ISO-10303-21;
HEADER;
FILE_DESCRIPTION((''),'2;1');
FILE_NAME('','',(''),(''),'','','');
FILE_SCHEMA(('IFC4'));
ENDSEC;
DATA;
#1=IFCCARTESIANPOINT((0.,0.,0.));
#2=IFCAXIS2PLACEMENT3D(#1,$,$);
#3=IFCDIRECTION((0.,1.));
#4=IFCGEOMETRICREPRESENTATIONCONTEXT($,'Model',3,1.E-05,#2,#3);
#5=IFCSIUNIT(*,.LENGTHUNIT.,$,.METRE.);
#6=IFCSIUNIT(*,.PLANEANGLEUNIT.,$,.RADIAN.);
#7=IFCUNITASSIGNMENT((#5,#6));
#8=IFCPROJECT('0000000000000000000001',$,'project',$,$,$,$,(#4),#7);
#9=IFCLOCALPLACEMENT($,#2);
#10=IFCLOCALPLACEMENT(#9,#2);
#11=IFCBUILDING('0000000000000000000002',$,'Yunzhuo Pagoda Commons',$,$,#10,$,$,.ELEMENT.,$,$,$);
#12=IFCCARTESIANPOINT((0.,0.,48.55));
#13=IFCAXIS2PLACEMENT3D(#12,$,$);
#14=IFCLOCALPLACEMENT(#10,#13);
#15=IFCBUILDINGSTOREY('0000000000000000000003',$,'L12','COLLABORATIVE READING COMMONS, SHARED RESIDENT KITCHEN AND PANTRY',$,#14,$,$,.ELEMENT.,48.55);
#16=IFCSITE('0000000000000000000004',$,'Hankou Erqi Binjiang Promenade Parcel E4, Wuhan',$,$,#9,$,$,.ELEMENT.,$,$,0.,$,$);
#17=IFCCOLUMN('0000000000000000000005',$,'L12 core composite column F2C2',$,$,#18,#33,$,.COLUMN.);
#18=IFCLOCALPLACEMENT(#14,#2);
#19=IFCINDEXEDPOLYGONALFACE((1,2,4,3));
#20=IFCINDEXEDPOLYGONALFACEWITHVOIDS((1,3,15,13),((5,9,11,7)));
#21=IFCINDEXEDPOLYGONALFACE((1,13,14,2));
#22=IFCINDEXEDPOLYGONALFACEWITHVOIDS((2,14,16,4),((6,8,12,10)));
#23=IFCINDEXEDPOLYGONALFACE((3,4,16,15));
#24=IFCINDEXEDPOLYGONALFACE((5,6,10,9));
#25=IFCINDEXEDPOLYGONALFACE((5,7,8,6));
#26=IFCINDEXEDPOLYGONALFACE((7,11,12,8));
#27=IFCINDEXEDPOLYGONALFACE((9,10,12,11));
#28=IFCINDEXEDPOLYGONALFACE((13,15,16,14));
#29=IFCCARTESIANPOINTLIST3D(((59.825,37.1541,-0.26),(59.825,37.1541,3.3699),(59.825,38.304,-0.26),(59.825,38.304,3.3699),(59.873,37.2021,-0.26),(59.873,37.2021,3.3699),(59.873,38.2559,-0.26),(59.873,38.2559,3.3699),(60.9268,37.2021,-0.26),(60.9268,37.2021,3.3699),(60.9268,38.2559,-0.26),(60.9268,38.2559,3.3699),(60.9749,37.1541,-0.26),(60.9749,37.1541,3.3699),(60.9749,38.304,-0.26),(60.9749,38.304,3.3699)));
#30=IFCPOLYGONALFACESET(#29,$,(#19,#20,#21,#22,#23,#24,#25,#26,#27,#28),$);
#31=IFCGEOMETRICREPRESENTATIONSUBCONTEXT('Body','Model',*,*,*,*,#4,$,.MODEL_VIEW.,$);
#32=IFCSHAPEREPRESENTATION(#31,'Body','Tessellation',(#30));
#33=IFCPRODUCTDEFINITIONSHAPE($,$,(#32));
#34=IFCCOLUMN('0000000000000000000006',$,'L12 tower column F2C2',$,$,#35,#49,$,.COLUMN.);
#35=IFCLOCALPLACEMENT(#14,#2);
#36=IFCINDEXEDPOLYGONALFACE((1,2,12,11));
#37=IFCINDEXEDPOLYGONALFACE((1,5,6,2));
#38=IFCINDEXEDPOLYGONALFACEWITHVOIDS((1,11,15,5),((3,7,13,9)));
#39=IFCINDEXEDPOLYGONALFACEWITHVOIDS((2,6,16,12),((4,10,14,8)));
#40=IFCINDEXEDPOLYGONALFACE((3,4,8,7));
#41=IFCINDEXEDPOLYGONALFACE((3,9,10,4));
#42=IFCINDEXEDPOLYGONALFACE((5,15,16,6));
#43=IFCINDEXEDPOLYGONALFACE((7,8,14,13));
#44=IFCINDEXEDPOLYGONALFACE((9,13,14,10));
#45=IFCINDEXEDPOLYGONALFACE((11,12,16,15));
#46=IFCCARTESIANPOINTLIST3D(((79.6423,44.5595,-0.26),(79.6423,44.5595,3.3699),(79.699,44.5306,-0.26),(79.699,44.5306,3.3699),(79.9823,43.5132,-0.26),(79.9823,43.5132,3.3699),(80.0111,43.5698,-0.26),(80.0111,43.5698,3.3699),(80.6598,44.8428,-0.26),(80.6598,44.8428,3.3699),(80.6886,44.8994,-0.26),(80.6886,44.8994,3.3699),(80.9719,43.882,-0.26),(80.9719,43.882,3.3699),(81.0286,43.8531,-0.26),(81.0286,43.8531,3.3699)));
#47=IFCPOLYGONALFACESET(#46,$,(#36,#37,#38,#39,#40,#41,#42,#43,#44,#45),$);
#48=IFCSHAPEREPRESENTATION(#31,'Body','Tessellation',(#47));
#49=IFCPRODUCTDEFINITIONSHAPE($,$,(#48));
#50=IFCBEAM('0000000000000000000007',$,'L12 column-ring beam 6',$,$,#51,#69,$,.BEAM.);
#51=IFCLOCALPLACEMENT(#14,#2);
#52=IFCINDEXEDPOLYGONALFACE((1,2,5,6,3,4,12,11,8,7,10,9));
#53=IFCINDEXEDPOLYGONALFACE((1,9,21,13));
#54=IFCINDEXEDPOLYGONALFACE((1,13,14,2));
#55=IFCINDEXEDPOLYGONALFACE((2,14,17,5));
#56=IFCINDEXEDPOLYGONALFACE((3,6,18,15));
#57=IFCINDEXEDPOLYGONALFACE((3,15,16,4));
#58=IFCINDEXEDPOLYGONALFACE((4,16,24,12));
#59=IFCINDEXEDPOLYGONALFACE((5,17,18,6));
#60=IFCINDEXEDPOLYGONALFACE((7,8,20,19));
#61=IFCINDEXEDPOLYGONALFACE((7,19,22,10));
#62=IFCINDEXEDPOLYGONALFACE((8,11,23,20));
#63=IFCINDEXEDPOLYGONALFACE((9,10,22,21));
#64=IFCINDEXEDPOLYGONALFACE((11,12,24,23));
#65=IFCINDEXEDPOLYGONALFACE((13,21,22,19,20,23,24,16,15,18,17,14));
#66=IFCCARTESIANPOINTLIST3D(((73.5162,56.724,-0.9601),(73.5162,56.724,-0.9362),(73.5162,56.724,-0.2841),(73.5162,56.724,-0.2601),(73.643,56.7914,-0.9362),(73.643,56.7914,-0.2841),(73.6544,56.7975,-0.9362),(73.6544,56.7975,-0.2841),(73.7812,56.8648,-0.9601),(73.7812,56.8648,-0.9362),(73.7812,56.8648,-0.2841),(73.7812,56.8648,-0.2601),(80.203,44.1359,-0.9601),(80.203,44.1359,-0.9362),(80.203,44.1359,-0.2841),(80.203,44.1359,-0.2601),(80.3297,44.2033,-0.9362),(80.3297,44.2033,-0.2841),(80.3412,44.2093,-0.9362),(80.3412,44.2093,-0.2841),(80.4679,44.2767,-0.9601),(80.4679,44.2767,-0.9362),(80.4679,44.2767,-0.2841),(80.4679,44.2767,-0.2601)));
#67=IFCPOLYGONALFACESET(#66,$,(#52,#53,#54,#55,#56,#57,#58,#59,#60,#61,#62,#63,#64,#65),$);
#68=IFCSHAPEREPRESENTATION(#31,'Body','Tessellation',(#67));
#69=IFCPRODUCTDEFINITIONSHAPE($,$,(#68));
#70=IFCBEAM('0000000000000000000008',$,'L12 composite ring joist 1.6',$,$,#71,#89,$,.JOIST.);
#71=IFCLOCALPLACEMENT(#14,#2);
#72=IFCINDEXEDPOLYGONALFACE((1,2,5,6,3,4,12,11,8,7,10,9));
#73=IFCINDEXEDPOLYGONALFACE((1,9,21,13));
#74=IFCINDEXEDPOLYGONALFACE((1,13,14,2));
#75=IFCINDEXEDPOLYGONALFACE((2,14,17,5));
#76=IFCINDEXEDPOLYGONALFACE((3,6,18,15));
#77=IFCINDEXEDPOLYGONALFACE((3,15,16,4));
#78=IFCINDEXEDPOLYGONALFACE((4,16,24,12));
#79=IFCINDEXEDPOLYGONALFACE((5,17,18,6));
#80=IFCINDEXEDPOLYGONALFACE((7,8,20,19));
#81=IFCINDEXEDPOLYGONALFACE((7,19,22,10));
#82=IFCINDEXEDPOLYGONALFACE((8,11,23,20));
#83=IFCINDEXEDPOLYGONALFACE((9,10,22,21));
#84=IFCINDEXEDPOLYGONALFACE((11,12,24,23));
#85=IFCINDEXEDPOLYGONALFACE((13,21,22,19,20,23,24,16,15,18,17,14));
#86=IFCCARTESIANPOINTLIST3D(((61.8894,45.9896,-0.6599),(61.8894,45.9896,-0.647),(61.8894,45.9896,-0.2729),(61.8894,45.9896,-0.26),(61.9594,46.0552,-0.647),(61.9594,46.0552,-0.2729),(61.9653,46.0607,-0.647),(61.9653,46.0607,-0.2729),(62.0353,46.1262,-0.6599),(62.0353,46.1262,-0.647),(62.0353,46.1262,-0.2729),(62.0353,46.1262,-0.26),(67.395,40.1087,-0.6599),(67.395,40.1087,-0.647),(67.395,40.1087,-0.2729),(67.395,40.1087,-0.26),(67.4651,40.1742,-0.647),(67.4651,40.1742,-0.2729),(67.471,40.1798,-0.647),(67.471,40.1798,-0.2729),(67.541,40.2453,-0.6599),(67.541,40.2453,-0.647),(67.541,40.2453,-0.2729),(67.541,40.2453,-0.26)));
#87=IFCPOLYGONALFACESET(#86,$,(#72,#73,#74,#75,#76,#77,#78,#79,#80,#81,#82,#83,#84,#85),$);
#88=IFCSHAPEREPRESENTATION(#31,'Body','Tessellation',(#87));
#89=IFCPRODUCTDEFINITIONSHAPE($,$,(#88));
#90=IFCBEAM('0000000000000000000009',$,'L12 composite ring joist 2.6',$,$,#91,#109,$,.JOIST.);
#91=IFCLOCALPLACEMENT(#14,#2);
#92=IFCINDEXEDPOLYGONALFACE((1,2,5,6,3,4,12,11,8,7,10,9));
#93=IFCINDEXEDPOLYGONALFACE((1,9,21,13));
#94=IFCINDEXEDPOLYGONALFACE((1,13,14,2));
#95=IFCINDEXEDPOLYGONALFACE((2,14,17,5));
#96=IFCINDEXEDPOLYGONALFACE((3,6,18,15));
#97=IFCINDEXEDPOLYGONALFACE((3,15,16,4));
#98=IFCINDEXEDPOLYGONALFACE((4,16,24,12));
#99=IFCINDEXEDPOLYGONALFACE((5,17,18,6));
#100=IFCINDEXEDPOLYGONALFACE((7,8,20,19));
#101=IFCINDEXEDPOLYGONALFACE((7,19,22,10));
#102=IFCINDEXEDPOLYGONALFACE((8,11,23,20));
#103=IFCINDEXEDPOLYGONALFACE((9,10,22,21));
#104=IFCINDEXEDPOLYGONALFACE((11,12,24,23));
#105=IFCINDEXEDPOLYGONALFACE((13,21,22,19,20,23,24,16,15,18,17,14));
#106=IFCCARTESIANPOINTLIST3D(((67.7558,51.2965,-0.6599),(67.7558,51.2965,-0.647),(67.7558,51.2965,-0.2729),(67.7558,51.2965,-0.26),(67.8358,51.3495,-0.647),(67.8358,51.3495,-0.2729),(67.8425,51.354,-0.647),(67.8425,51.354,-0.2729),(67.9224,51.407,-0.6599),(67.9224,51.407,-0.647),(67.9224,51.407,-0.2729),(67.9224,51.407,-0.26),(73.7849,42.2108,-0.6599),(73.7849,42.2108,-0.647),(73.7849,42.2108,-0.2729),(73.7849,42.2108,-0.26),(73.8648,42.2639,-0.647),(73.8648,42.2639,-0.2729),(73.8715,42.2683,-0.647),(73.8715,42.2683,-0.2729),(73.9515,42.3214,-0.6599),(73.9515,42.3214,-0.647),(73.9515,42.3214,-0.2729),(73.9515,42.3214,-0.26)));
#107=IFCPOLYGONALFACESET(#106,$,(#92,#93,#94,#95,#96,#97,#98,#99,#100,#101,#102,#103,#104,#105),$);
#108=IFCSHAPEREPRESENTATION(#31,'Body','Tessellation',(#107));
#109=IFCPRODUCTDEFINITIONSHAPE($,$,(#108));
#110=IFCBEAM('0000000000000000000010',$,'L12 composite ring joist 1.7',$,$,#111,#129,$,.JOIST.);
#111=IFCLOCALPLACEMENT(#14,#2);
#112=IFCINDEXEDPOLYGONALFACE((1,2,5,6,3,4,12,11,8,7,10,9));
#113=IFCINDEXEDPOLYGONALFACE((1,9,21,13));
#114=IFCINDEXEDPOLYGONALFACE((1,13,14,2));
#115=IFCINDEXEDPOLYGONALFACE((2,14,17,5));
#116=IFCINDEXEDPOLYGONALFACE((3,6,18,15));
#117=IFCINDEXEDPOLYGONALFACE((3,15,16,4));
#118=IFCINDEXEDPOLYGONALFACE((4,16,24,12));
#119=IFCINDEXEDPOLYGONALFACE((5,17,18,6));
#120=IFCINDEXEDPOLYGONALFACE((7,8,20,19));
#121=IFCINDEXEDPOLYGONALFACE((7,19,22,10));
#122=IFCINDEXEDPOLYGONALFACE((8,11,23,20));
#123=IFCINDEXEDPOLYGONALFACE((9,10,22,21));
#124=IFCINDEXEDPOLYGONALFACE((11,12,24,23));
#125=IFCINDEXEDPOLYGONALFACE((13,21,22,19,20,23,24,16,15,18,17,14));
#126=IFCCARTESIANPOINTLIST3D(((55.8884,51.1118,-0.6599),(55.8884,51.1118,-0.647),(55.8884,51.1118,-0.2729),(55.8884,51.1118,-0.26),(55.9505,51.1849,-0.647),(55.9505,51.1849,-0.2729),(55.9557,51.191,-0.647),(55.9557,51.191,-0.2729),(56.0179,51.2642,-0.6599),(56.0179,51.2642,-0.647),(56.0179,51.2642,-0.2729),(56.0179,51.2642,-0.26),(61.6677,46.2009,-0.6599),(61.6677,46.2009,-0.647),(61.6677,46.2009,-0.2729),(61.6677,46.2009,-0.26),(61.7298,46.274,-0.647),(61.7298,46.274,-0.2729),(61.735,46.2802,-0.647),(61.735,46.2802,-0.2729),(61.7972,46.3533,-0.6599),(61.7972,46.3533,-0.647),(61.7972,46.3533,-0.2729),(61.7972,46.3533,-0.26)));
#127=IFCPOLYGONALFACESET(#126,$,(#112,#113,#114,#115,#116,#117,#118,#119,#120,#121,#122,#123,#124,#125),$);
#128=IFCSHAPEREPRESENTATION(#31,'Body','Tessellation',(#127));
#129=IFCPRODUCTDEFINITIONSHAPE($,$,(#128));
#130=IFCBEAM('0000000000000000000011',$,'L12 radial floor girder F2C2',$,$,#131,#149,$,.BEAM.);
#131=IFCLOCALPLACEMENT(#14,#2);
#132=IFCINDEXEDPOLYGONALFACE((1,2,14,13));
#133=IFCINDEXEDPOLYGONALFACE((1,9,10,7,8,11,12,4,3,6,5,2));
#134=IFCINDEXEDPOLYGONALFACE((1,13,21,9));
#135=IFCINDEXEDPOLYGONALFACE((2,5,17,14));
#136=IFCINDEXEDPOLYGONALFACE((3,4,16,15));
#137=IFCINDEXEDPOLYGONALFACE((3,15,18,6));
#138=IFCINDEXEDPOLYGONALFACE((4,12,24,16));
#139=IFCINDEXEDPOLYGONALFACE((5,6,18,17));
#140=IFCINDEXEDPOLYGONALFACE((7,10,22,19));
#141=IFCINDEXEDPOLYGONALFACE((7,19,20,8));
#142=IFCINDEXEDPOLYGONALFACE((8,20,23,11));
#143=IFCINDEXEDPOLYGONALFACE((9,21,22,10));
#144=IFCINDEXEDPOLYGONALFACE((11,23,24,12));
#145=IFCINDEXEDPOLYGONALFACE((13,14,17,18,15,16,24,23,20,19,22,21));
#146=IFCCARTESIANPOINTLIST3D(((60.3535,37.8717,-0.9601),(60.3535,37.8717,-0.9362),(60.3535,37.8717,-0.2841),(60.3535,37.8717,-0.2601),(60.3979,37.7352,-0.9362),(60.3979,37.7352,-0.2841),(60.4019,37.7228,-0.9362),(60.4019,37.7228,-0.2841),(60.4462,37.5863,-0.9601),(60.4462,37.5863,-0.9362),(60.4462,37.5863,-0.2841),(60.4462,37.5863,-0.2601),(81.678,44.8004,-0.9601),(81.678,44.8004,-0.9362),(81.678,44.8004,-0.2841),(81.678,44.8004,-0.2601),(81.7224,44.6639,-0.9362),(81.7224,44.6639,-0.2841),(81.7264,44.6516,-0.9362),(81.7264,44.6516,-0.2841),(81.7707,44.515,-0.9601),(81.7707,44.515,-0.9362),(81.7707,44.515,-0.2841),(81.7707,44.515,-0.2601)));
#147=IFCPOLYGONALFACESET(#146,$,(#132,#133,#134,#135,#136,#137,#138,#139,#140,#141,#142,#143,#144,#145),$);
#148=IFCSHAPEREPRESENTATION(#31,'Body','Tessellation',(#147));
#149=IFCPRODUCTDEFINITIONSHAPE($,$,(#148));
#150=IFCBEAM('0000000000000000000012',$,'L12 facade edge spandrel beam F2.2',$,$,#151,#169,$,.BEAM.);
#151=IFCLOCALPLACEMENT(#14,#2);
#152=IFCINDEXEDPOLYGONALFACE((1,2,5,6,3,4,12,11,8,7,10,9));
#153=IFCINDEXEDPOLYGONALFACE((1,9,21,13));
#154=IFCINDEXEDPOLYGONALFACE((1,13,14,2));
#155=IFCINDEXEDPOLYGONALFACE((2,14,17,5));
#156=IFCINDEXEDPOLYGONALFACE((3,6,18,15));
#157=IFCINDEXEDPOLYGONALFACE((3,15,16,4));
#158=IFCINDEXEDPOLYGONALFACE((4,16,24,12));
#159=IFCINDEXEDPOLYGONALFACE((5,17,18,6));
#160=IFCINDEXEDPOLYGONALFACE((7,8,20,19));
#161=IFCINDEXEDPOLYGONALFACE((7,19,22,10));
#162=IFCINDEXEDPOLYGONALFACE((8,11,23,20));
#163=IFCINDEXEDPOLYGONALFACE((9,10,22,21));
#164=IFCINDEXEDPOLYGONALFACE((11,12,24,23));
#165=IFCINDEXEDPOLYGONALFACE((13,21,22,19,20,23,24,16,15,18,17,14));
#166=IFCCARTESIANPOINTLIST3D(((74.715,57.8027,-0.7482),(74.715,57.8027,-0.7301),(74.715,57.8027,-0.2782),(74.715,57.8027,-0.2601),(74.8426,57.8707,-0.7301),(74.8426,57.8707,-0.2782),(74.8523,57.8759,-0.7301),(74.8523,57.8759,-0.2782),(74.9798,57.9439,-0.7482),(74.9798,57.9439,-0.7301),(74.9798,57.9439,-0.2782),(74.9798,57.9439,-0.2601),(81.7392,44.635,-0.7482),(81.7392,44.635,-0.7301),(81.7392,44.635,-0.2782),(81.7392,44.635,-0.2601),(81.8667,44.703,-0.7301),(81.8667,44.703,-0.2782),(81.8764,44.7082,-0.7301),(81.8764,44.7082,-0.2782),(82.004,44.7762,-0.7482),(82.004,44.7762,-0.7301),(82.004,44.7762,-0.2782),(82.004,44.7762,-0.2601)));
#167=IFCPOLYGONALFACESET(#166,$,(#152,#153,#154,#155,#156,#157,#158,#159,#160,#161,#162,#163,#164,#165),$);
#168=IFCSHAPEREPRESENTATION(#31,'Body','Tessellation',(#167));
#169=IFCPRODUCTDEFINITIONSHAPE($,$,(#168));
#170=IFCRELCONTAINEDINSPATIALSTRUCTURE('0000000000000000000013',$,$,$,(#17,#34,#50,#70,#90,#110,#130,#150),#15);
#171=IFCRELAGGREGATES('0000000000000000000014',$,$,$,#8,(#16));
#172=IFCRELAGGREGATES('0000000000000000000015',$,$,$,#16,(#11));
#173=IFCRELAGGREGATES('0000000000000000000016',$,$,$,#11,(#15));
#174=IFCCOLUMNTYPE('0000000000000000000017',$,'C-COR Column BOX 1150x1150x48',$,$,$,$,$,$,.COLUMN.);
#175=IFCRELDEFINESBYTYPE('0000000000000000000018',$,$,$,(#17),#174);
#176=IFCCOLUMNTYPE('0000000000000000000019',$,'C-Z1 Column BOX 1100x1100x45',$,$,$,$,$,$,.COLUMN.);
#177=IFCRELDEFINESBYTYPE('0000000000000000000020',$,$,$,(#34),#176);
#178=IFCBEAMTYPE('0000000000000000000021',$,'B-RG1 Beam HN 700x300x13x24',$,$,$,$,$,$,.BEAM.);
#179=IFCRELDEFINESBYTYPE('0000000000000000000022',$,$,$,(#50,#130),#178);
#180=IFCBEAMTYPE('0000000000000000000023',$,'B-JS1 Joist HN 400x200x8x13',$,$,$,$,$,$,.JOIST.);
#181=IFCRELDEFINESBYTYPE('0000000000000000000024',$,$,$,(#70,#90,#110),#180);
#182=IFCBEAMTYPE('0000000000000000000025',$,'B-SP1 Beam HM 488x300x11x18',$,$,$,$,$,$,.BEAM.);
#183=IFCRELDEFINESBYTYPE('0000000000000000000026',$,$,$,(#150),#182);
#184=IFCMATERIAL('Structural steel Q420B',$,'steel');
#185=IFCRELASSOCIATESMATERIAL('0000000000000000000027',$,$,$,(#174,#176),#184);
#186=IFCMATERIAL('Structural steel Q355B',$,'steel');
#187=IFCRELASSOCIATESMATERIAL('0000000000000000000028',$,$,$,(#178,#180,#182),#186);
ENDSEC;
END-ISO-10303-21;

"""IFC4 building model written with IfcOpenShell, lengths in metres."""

from ifc_helpers import new_model, si_unit, direction, frame, origin, origin_2d, place, context, subcontext, project, spatial, hollow_rectangle, i_section, extrude, source, transform, mapped, material, material_profile, profile_set, type_object, element, save


model = new_model("IFC4")

# Units and contexts
model_context = context("Model", 3, precision=1e-05, world=origin(), true_north=direction((0.0, 1.0)))
body_context = subcontext(model_context, "Body", "Model", "MODEL_VIEW")
ifc_project = project(units=[si_unit("LENGTHUNIT", "METRE"), si_unit("PLANEANGLEUNIT", "RADIAN")], contexts=[model_context])

# Site, building, storey
site_placement = place(None, origin())
site = spatial("IfcSite", under=ifc_project, at=site_placement, Name="Hankou Erqi Binjiang Promenade Parcel E4, Wuhan", CompositionType="ELEMENT", RefElevation=0.0)
building_placement = place(site_placement, origin())
building = spatial("IfcBuilding", under=site, at=building_placement, Name="Yunzhuo Pagoda Commons", CompositionType="ELEMENT")
storey_placement = place(building_placement, frame((0.0, 0.0, 48.55)))
storey = spatial("IfcBuildingStorey", under=building, at=storey_placement, Name="L12", Description="COLLABORATIVE READING COMMONS, SHARED RESIDENT KITCHEN AND PANTRY", CompositionType="ELEMENT", Elevation=48.55)

# Columns
ifc_material_1 = material(Name="Structural steel Q420B", Category="steel")
ifc_material_profile_1 = material_profile(ifc_material_1, hollow_rectangle(XDim=1.1499, YDim=1.1499, WallThickness=0.0481, at=origin_2d()), Name="Structural steel Q420B")
ifc_profile_set_1 = profile_set([ifc_material_profile_1], Name="Structural steel Q420B")
column_type_1 = type_object("IfcColumnType", Name="C-COR Column BOX 1150x1150x48", PredefinedType="COLUMN", material=ifc_profile_set_1)
shared_shape_1 = source(origin(), body_context, "Body", "SweptSolid", [
    extrude(hollow_rectangle(XDim=1.1499, YDim=1.1499, WallThickness=0.0481, at=origin_2d()), origin(), (0.0, 0.0, 1.0), 3.6299),
])
column_1_placement = place(storey_placement, frame((60.3999, 37.729, -0.26), z_axis=(0.0, 0.0, 1.0), x_axis=(1.0, 0.0, 0.0)))
element("IfcColumn", 1, at=column_1_placement, inside=storey, type_object=column_type_1, Name="L12 core composite column F2C2", PredefinedType="COLUMN", context=body_context, shape_type="MappedRepresentation", body=[
    mapped(shared_shape_1, transform((0.0, 0.0, 0.0), scale=1.0)),
])
ifc_material_profile_2 = material_profile(ifc_material_1, hollow_rectangle(XDim=1.1001, YDim=1.1001, WallThickness=0.0449, at=origin_2d()), Name="Structural steel Q420B")
ifc_profile_set_2 = profile_set([ifc_material_profile_2], Name="Structural steel Q420B")
column_type_2 = type_object("IfcColumnType", Name="C-Z1 Column BOX 1100x1100x45", PredefinedType="COLUMN", material=ifc_profile_set_2)
shared_shape_2 = source(origin(), body_context, "Body", "SweptSolid", [
    extrude(hollow_rectangle(XDim=1.1001, YDim=1.1001, WallThickness=0.0449, at=origin_2d()), origin(), (0.0, 0.0, 1.0), 3.6299),
])
column_2_placement = place(storey_placement, frame((80.3354, 44.2063, -0.26), z_axis=(0.0, 0.0, 1.0), x_axis=(-0.309017, 0.951057, 0.0)))
element("IfcColumn", 2, at=column_2_placement, inside=storey, type_object=column_type_2, Name="L12 tower column F2C2", PredefinedType="COLUMN", context=body_context, shape_type="MappedRepresentation", body=[
    mapped(shared_shape_2, transform((0.0, 0.0, 0.0), scale=1.0)),
])

# Beams
ifc_material_2 = material(Name="Structural steel Q355B", Category="steel")
ifc_material_profile_3 = material_profile(ifc_material_2, i_section(OverallWidth=0.3, OverallDepth=0.7, WebThickness=0.0129, FlangeThickness=0.0239, at=origin_2d()), Name="Structural steel Q355B")
ifc_profile_set_3 = profile_set([ifc_material_profile_3], Name="Structural steel Q355B")
beam_type_1 = type_object("IfcBeamType", Name="B-RG1 Beam HN 700x300x13x24", PredefinedType="BEAM", material=ifc_profile_set_3)
shared_shape_3 = source(origin(), body_context, "Body", "SweptSolid", [
    extrude(i_section(OverallWidth=0.3, OverallDepth=0.7, WebThickness=0.0129, FlangeThickness=0.0239, at=origin_2d()), origin(), (0.0, 0.0, 1.0), 14.2539),
])
beam_1_placement = place(storey_placement, frame((80.3354, 44.2063, -0.6101), z_axis=(-0.469118, 0.883135, 0.0), x_axis=(-0.883135, -0.469118, 0.0)))
element("IfcBeam", 3, at=beam_1_placement, inside=storey, type_object=beam_type_1, Name="L12 column-ring beam 6", PredefinedType="BEAM", context=body_context, shape_type="MappedRepresentation", body=[
    mapped(shared_shape_3, transform((0.0, 0.0, 0.0), scale=1.0)),
])
ifc_material_profile_4 = material_profile(ifc_material_2, i_section(OverallWidth=0.2, OverallDepth=0.3999, WebThickness=0.0081, FlangeThickness=0.0129, at=origin_2d()), Name="Structural steel Q355B")
ifc_profile_set_4 = profile_set([ifc_material_profile_4], Name="Structural steel Q355B")
beam_type_2 = type_object("IfcBeamType", Name="B-JS1 Joist HN 400x200x8x13", PredefinedType="JOIST", material=ifc_profile_set_4)
shared_shape_4 = source(origin(), body_context, "Body", "SweptSolid", [
    extrude(i_section(OverallWidth=0.2, OverallDepth=0.3999, WebThickness=0.0081, FlangeThickness=0.0129, at=origin_2d()), origin(), (0.0, 0.0, 1.0), 8.0559),
])
beam_2_placement = place(storey_placement, frame((67.468, 40.177, -0.46), z_axis=(-0.683433, 0.730013, 0.0), x_axis=(-0.730013, -0.683433, 0.0)))
element("IfcBeam", 4, at=beam_2_placement, inside=storey, type_object=beam_type_2, Name="L12 composite ring joist 1.6", PredefinedType="JOIST", context=body_context, shape_type="MappedRepresentation", body=[
    mapped(shared_shape_4, transform((0.0, 0.0, 0.0), scale=1.0)),
])
shared_shape_5 = source(origin(), body_context, "Body", "SweptSolid", [
    extrude(i_section(OverallWidth=0.2, OverallDepth=0.3999, WebThickness=0.0081, FlangeThickness=0.0129, at=origin_2d()), origin(), (0.0, 0.0, 1.0), 10.9041),
])
beam_3_placement = place(storey_placement, frame((73.8682, 42.2661, -0.46), z_axis=(-0.552916, 0.833237, 0.0), x_axis=(-0.833237, -0.552916, 0.0)))
element("IfcBeam", 5, at=beam_3_placement, inside=storey, type_object=beam_type_2, Name="L12 composite ring joist 2.6", PredefinedType="JOIST", context=body_context, shape_type="MappedRepresentation", body=[
    mapped(shared_shape_5, transform((0.0, 0.0, 0.0), scale=1.0)),
])
shared_shape_6 = source(origin(), body_context, "Body", "SweptSolid", [
    extrude(i_section(OverallWidth=0.2, OverallDepth=0.3999, WebThickness=0.0081, FlangeThickness=0.0129, at=origin_2d()), origin(), (0.0, 0.0, 1.0), 7.584),
])
beam_4_placement = place(storey_placement, frame((61.7324, 46.2771, -0.46), z_axis=(-0.762038, 0.647533, 0.0), x_axis=(-0.647533, -0.762038, 0.0)))
element("IfcBeam", 6, at=beam_4_placement, inside=storey, type_object=beam_type_2, Name="L12 composite ring joist 1.7", PredefinedType="JOIST", context=body_context, shape_type="MappedRepresentation", body=[
    mapped(shared_shape_6, transform((0.0, 0.0, 0.0), scale=1.0)),
])
shared_shape_7 = source(origin(), body_context, "Body", "SweptSolid", [
    extrude(i_section(OverallWidth=0.3, OverallDepth=0.7, WebThickness=0.0129, FlangeThickness=0.0239, at=origin_2d()), origin(), (0.0, 0.0, 1.0), 22.4219),
])
beam_5_placement = place(storey_placement, frame((81.7244, 44.6577, -0.6101), z_axis=(-0.951057, -0.309016, 0.0), x_axis=(0.309016, -0.951057, 0.0)))
element("IfcBeam", 7, at=beam_5_placement, inside=storey, type_object=beam_type_1, Name="L12 radial floor girder F2C2", PredefinedType="BEAM", context=body_context, shape_type="MappedRepresentation", body=[
    mapped(shared_shape_7, transform((0.0, 0.0, 0.0), scale=1.0)),
])
ifc_material_profile_5 = material_profile(ifc_material_2, i_section(OverallWidth=0.3, OverallDepth=0.488, WebThickness=0.011, FlangeThickness=0.0181, at=origin_2d()), Name="Structural steel Q355B")
ifc_profile_set_5 = profile_set([ifc_material_profile_5], Name="Structural steel Q355B")
beam_type_3 = type_object("IfcBeamType", Name="B-SP1 Beam HM 488x300x11x18", PredefinedType="BEAM", material=ifc_profile_set_5)
shared_shape_8 = source(origin(), body_context, "Body", "SweptSolid", [
    extrude(i_section(OverallWidth=0.3, OverallDepth=0.488, WebThickness=0.011, FlangeThickness=0.0181, at=origin_2d()), origin(), (0.0, 0.0, 1.0), 14.9241),
])
beam_6_placement = place(storey_placement, frame((81.8716, 44.7056, -0.5042), z_axis=(-0.47066, 0.882314, 0.0), x_axis=(-0.882314, -0.47066, 0.0)))
element("IfcBeam", 8, at=beam_6_placement, inside=storey, type_object=beam_type_3, Name="L12 facade edge spandrel beam F2.2", PredefinedType="BEAM", context=body_context, shape_type="MappedRepresentation", body=[
    mapped(shared_shape_8, transform((0.0, 0.0, 0.0), scale=1.0)),
])

save(model, "model.ifc")
